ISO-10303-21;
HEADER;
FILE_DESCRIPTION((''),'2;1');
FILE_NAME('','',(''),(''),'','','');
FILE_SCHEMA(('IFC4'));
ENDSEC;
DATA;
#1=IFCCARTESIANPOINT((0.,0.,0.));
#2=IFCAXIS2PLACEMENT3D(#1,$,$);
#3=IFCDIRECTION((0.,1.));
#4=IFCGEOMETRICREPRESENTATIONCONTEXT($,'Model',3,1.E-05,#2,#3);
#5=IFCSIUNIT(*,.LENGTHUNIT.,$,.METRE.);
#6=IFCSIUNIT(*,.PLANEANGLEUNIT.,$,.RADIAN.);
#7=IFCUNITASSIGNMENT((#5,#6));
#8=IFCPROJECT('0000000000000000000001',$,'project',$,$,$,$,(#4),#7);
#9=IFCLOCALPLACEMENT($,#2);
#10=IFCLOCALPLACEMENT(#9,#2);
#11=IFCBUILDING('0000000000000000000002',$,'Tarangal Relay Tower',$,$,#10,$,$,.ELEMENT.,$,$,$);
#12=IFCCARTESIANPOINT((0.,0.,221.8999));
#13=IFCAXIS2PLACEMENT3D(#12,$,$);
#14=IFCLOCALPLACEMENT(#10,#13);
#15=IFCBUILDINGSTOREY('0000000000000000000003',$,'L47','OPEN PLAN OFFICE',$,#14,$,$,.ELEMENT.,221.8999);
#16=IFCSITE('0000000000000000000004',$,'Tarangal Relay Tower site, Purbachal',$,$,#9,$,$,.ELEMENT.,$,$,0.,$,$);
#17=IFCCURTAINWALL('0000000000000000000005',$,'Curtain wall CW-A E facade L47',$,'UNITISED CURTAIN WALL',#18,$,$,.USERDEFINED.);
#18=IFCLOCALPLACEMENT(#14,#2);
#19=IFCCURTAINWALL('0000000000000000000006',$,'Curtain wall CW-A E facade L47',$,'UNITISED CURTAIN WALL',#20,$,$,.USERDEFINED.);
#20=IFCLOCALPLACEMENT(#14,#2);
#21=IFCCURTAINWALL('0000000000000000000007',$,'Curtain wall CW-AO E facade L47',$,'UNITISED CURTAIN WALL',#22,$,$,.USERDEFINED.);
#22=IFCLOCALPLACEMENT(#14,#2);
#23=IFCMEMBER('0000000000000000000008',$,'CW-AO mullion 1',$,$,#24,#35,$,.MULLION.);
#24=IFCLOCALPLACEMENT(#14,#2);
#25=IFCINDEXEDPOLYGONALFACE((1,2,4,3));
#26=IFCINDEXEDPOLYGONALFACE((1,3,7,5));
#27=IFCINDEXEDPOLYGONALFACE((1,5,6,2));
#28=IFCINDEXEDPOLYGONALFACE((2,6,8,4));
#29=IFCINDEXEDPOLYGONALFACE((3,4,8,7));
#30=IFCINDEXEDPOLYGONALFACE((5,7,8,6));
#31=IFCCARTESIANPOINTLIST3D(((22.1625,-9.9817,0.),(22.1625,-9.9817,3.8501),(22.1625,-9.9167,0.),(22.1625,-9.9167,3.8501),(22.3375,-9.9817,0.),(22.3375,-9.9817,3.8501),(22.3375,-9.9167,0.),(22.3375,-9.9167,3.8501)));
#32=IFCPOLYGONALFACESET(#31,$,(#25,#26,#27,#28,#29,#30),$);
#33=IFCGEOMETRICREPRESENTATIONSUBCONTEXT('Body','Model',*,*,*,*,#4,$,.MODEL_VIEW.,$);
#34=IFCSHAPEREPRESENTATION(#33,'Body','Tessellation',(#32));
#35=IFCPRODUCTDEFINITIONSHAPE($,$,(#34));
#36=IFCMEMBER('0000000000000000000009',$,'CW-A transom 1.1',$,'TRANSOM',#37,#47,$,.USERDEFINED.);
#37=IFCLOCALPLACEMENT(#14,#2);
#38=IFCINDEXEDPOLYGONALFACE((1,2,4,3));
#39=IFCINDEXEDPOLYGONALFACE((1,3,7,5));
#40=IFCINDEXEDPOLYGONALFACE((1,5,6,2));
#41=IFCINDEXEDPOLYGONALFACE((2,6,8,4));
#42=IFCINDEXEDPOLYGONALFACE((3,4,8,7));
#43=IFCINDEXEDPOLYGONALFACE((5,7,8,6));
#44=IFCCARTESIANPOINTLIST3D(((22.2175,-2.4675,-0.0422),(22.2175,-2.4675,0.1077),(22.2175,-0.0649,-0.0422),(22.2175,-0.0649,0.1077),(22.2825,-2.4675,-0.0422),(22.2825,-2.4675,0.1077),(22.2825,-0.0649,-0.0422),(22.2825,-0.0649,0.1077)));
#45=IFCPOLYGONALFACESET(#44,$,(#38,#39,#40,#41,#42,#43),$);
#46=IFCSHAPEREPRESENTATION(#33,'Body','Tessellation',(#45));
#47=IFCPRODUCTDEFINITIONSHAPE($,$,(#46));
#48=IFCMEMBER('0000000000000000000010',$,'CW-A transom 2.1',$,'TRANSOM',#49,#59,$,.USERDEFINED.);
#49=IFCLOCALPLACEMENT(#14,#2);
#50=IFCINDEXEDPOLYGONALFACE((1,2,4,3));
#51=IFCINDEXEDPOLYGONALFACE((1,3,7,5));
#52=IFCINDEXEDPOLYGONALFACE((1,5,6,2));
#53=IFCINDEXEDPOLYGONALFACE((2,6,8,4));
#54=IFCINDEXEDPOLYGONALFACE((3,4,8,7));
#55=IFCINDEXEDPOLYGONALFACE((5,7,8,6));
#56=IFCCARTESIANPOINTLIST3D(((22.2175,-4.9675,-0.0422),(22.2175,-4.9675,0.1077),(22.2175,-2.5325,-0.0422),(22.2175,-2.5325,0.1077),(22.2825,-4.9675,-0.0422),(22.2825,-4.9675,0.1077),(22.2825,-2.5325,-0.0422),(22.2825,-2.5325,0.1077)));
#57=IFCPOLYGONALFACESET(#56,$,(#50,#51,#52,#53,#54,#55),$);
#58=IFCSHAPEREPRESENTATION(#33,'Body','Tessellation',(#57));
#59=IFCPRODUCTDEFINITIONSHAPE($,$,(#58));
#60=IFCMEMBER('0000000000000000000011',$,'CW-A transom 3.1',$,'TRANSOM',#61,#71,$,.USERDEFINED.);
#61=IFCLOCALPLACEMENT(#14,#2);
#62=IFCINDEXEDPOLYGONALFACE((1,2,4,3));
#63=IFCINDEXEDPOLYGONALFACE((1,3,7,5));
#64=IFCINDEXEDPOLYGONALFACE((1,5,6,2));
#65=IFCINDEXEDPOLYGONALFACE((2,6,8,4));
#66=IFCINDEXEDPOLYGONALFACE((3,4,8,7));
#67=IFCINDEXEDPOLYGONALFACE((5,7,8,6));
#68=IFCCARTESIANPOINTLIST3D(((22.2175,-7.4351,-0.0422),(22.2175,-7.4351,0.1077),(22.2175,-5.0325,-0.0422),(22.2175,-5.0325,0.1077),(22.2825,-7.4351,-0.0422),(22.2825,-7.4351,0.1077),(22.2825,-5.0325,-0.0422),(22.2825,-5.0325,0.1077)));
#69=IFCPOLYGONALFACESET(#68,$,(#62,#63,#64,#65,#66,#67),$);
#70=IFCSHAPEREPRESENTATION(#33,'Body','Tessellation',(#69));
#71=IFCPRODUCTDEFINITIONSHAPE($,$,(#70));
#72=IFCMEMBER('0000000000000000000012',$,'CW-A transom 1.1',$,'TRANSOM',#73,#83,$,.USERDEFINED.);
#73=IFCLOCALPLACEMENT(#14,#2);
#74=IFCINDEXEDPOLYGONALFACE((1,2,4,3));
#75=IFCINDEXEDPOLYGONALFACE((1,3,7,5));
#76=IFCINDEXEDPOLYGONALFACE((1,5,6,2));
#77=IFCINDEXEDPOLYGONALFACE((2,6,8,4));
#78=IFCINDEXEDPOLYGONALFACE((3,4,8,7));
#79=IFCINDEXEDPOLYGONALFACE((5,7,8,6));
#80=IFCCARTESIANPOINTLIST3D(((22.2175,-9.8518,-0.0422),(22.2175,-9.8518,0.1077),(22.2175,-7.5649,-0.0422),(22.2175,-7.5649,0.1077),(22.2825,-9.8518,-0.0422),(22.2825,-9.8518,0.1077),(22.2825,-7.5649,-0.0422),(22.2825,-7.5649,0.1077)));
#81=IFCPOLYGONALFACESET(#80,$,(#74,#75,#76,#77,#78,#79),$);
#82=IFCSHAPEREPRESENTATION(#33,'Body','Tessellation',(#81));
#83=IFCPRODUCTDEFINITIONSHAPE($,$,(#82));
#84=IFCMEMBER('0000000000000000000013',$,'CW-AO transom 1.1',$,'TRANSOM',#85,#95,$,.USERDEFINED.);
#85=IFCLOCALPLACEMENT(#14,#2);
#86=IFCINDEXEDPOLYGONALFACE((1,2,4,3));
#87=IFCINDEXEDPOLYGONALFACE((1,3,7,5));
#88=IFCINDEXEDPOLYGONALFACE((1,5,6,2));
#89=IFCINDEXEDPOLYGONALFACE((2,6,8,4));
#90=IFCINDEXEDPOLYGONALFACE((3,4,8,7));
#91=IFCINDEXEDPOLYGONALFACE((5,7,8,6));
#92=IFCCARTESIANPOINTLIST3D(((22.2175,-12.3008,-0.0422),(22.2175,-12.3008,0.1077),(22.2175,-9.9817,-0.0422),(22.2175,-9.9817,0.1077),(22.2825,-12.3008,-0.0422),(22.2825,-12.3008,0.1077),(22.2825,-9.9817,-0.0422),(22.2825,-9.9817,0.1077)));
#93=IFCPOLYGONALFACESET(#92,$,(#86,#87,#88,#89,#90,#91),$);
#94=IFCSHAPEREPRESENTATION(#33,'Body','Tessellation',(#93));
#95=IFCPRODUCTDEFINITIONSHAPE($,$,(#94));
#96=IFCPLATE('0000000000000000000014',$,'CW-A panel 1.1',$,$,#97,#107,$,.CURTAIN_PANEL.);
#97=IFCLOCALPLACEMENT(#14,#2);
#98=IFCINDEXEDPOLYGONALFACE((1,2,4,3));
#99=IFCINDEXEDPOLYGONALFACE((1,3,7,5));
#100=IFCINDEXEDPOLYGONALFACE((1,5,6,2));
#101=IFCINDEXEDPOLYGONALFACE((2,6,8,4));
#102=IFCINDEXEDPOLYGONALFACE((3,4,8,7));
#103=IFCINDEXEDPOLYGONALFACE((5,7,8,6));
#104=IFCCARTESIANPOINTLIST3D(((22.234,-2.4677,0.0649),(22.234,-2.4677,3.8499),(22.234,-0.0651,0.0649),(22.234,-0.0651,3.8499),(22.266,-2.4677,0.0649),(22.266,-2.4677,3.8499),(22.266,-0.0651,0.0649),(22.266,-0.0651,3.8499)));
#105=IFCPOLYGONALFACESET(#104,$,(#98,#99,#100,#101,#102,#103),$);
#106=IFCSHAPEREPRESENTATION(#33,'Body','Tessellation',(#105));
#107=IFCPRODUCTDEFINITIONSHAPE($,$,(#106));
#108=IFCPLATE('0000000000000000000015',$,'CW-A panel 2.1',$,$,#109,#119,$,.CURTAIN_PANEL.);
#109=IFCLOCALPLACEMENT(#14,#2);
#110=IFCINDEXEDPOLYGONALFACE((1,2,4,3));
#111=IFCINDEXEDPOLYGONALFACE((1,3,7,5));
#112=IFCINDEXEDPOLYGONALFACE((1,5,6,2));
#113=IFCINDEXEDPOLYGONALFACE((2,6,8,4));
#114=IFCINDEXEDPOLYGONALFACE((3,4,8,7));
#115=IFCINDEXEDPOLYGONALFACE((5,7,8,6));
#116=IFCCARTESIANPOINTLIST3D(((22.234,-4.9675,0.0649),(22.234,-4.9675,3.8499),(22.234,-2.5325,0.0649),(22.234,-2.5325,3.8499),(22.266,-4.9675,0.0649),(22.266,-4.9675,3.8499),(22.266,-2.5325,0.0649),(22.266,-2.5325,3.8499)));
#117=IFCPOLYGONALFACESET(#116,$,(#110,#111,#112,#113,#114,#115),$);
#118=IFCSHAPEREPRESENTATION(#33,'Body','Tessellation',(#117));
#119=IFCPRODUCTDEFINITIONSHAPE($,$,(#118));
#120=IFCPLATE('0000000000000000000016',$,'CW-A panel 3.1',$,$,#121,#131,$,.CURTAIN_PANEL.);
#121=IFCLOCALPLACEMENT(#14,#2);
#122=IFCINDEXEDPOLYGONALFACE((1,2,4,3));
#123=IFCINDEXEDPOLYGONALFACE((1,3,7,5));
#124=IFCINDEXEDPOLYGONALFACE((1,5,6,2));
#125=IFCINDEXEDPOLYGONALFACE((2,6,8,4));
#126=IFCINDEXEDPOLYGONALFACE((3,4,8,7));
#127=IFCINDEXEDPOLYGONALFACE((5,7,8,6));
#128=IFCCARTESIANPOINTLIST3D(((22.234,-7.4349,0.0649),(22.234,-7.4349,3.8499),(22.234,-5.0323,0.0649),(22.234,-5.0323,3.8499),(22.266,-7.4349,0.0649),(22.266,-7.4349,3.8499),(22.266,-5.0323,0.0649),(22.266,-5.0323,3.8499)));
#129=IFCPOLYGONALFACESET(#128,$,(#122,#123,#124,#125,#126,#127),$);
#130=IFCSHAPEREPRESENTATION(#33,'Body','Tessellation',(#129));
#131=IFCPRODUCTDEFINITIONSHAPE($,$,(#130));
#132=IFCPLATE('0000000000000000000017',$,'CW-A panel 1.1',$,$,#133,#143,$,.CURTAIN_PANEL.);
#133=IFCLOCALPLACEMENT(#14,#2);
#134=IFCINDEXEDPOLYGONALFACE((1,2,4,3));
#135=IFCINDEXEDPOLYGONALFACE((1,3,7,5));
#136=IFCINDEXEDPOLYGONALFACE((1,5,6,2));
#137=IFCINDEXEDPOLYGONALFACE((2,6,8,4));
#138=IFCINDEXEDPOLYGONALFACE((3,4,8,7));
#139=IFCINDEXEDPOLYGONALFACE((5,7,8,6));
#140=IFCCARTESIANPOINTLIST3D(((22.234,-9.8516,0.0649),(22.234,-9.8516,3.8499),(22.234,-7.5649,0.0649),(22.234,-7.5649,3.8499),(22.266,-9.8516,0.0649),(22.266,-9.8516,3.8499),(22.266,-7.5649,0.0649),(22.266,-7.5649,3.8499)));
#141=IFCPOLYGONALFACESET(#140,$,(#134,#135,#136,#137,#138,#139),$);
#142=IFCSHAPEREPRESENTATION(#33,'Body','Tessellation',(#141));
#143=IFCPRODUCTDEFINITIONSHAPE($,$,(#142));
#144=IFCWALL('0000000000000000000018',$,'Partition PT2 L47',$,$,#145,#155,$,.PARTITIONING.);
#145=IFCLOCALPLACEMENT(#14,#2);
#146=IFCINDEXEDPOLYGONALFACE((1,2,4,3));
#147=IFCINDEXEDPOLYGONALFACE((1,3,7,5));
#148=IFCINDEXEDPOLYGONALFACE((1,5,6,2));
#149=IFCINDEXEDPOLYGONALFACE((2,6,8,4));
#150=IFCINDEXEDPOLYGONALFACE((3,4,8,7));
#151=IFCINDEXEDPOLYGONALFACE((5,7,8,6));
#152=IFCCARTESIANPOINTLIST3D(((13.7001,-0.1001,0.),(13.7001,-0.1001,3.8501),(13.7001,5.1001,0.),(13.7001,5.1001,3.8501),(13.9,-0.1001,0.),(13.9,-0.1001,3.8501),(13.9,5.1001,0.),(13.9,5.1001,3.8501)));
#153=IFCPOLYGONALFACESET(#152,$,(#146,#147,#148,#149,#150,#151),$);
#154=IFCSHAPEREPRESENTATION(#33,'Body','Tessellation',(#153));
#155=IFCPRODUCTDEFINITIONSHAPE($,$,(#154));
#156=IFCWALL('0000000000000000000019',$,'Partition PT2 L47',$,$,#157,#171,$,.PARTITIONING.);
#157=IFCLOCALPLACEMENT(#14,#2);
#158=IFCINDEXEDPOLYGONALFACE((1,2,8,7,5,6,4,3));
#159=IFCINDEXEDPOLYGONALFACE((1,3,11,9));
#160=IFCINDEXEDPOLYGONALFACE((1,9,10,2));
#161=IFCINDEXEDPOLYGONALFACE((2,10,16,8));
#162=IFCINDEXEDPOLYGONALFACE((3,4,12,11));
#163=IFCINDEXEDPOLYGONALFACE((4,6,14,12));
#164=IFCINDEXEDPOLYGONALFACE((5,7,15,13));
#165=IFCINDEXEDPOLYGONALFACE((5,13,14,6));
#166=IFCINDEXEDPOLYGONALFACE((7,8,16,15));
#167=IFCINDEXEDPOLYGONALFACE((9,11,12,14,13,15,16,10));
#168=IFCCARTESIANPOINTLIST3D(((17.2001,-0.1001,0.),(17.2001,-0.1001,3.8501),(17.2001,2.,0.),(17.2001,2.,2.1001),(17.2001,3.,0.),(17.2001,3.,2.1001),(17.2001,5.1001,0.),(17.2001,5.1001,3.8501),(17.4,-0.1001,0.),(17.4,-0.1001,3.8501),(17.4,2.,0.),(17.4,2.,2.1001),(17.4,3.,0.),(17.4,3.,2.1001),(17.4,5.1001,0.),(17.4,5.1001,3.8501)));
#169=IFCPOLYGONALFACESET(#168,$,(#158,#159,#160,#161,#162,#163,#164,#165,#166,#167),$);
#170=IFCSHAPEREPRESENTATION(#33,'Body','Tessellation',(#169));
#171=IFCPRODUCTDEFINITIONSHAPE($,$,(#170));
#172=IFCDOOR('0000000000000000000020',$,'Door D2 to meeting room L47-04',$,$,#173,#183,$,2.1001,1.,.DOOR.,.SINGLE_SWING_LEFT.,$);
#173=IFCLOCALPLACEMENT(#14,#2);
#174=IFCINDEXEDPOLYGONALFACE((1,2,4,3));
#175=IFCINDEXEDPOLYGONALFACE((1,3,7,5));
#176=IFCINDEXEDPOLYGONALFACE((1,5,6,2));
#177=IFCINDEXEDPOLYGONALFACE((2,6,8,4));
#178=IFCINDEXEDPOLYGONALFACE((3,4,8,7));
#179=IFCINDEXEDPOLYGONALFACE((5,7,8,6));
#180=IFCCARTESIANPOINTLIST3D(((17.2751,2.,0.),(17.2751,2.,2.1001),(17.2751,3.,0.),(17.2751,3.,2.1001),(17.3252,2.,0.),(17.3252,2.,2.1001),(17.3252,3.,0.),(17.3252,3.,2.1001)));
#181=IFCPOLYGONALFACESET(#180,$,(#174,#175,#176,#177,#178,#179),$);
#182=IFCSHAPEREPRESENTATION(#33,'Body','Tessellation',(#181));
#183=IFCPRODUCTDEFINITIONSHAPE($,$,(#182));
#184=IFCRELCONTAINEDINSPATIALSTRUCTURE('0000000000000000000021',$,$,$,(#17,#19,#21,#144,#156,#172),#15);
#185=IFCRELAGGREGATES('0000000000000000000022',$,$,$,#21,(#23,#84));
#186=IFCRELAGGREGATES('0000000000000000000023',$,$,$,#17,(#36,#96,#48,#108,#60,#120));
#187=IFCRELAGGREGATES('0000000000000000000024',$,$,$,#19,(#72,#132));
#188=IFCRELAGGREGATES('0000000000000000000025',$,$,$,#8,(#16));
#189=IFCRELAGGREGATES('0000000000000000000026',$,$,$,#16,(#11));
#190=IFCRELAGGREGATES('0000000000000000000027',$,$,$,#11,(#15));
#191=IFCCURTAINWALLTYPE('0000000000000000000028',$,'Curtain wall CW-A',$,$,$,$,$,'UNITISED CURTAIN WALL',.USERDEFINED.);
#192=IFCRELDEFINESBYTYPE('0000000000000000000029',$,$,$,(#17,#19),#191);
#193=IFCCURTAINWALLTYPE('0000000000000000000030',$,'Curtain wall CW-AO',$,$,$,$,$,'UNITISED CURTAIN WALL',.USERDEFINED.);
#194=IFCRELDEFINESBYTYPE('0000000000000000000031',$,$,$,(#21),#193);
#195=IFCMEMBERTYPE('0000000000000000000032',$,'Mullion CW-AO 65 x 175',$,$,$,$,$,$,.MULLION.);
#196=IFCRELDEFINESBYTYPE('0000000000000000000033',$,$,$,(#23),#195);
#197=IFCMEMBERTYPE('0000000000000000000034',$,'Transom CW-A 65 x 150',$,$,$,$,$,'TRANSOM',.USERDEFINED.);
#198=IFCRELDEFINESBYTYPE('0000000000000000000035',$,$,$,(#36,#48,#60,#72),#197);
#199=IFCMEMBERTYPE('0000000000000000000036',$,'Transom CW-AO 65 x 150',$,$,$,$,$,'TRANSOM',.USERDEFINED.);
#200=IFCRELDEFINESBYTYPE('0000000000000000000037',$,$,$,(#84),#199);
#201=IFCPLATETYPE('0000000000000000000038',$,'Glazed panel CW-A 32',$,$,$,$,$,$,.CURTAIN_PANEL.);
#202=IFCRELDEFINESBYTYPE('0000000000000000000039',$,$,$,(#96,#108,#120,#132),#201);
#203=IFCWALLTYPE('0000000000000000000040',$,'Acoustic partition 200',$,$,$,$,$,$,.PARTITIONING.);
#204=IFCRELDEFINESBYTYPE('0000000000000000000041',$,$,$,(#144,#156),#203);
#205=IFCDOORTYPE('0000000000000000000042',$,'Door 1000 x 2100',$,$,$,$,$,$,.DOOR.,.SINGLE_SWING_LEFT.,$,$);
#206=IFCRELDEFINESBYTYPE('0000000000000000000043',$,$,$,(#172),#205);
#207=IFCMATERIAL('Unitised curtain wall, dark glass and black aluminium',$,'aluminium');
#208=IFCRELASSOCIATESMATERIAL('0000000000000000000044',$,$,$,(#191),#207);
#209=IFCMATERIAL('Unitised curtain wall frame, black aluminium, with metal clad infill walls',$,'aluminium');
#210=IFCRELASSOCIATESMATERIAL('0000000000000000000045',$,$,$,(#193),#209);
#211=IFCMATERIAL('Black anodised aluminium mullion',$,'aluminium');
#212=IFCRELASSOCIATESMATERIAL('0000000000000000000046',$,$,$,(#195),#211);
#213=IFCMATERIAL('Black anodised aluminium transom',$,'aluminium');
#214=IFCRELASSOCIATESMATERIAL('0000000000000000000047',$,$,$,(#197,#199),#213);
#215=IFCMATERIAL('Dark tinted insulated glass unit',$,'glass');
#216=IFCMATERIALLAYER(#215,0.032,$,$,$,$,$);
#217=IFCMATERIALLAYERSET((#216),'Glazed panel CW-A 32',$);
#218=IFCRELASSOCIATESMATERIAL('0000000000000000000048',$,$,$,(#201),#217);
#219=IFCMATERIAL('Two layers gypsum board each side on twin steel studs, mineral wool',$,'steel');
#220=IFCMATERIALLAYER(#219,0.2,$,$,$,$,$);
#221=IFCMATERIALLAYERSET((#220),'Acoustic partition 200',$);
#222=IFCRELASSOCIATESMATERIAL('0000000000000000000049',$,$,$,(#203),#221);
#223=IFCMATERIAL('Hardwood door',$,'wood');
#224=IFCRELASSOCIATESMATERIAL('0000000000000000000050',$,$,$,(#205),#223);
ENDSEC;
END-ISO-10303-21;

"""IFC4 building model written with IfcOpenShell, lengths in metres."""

from ifc_helpers import new_model, si_unit, direction, frame, frame_2d, origin, origin_2d, place, context, subcontext, project, spatial, rectangle, extrude, material, layer, layer_set, material_profile, profile_set, type_object, element, fill, aggregate, save


model = new_model("IFC4")

# Units and contexts
model_context = context("Model", 3, precision=1e-05, world=origin(), true_north=direction((0.0, 1.0)))
body_context = subcontext(model_context, "Body", "Model", "MODEL_VIEW")
ifc_project = project(units=[si_unit("LENGTHUNIT", "METRE"), si_unit("PLANEANGLEUNIT", "RADIAN")], contexts=[model_context])

# Site, building, storey
site_placement = place(None, origin())
site = spatial("IfcSite", under=ifc_project, at=site_placement, Name="Tarangal Relay Tower site, Purbachal", CompositionType="ELEMENT", RefElevation=0.0)
building_placement = place(site_placement, origin())
building = spatial("IfcBuilding", under=site, at=building_placement, Name="Tarangal Relay Tower", CompositionType="ELEMENT")
storey_placement = place(building_placement, frame((0.0, 0.0, 221.8999)))
storey = spatial("IfcBuildingStorey", under=building, at=storey_placement, Name="L47", Description="OPEN PLAN OFFICE", CompositionType="ELEMENT", Elevation=221.8999)

# Curtain walls
ifc_material_1 = material(Name="Unitised curtain wall, dark glass and black aluminium", Category="aluminium")
curtain_wall_type_1 = type_object("IfcCurtainWallType", Name="Curtain wall CW-A", ElementType="UNITISED CURTAIN WALL", PredefinedType="USERDEFINED", material=ifc_material_1)
curtain_wall_1_placement = place(storey_placement, origin())
curtain_wall_1 = element("IfcCurtainWall", 1, at=curtain_wall_1_placement, inside=storey, type_object=curtain_wall_type_1, Name="Curtain wall CW-A E facade L47", ObjectType="UNITISED CURTAIN WALL", PredefinedType="USERDEFINED")
ifc_material_2 = material(Name="Black anodised aluminium mullion", Category="aluminium")
curtain_wall_2_placement = place(storey_placement, origin())
curtain_wall_2 = element("IfcCurtainWall", 2, at=curtain_wall_2_placement, inside=storey, type_object=curtain_wall_type_1, Name="Curtain wall CW-A E facade L47", ObjectType="UNITISED CURTAIN WALL", PredefinedType="USERDEFINED")

# Curtain wall, member
ifc_material_3 = material(Name="Unitised curtain wall frame, black aluminium, with metal clad infill walls", Category="aluminium")
curtain_wall_type_2 = type_object("IfcCurtainWallType", Name="Curtain wall CW-AO", ElementType="UNITISED CURTAIN WALL", PredefinedType="USERDEFINED", material=ifc_material_3)
curtain_wall_3_placement = place(storey_placement, origin())
curtain_wall_3 = element("IfcCurtainWall", 3, at=curtain_wall_3_placement, inside=storey, type_object=curtain_wall_type_2, Name="Curtain wall CW-AO E facade L47", ObjectType="UNITISED CURTAIN WALL", PredefinedType="USERDEFINED")
ifc_material_profile_1 = material_profile(ifc_material_2, rectangle(XDim=0.175, YDim=0.0649, at=origin_2d()), Name="CW-AOM 65X175")
ifc_profile_set_1 = profile_set([ifc_material_profile_1], Name="Black anodised aluminium mullion")
member_type_1 = type_object("IfcMemberType", Name="Mullion CW-AO 65 x 175", PredefinedType="MULLION", material=ifc_profile_set_1)
member_1_placement = place(storey_placement, frame((22.25, -9.9492, 0.0), z_axis=(0.0, 0.0, 1.0), x_axis=(1.0, 0.0, 0.0)))
member_1 = element("IfcMember", 4, at=member_1_placement, type_object=member_type_1, Name="CW-AO mullion 1", PredefinedType="MULLION", context=body_context, shape_type="SweptSolid", body=[
    extrude(rectangle(XDim=0.175, YDim=0.0649, at=origin_2d()), origin(), (0.0, 0.0, 1.0), 3.8501),
])

# Members
ifc_material_4 = material(Name="Black anodised aluminium transom", Category="aluminium")
ifc_material_profile_2 = material_profile(ifc_material_4, rectangle(XDim=0.0649, YDim=0.1499, at=origin_2d()), Name="CW-AT 65X150")
ifc_profile_set_2 = profile_set([ifc_material_profile_2], Name="Black anodised aluminium transom")
member_type_2 = type_object("IfcMemberType", Name="Transom CW-A 65 x 150", ElementType="TRANSOM", PredefinedType="USERDEFINED", material=ifc_profile_set_2)
member_2_placement = place(storey_placement, frame((22.25, -0.0649, 0.0327), z_axis=(0.0, -1.0, 0.0), x_axis=(1.0, 0.0, 0.0)))
member_2 = element("IfcMember", 5, at=member_2_placement, type_object=member_type_2, Name="CW-A transom 1.1", ObjectType="TRANSOM", PredefinedType="USERDEFINED", context=body_context, shape_type="SweptSolid", body=[
    extrude(rectangle(XDim=0.0649, YDim=0.1499, at=origin_2d()), origin(), (0.0, 0.0, 1.0), 2.4026),
])
member_3_placement = place(storey_placement, frame((22.25, -2.5325, 0.0327), z_axis=(0.0, -1.0, 0.0), x_axis=(1.0, 0.0, 0.0)))
member_3 = element("IfcMember", 6, at=member_3_placement, type_object=member_type_2, Name="CW-A transom 2.1", ObjectType="TRANSOM", PredefinedType="USERDEFINED", context=body_context, shape_type="SweptSolid", body=[
    extrude(rectangle(XDim=0.0649, YDim=0.1499, at=origin_2d()), origin(), (0.0, 0.0, 1.0), 2.4351),
])
member_4_placement = place(storey_placement, frame((22.25, -5.0325, 0.0327), z_axis=(0.0, -1.0, 0.0), x_axis=(1.0, 0.0, 0.0)))
member_4 = element("IfcMember", 7, at=member_4_placement, type_object=member_type_2, Name="CW-A transom 3.1", ObjectType="TRANSOM", PredefinedType="USERDEFINED", context=body_context, shape_type="SweptSolid", body=[
    extrude(rectangle(XDim=0.0649, YDim=0.1499, at=origin_2d()), origin(), (0.0, 0.0, 1.0), 2.4026),
])
member_5_placement = place(storey_placement, frame((22.25, -7.5649, 0.0327), z_axis=(0.0, -1.0, 0.0), x_axis=(1.0, 0.0, 0.0)))
member_5 = element("IfcMember", 8, at=member_5_placement, type_object=member_type_2, Name="CW-A transom 1.1", ObjectType="TRANSOM", PredefinedType="USERDEFINED", context=body_context, shape_type="SweptSolid", body=[
    extrude(rectangle(XDim=0.0649, YDim=0.1499, at=origin_2d()), origin(), (0.0, 0.0, 1.0), 2.2869),
])
ifc_material_profile_3 = material_profile(ifc_material_4, rectangle(XDim=0.0649, YDim=0.1499, at=origin_2d()), Name="CW-AOT 65X150")
ifc_profile_set_3 = profile_set([ifc_material_profile_3], Name="Black anodised aluminium transom")
member_type_3 = type_object("IfcMemberType", Name="Transom CW-AO 65 x 150", ElementType="TRANSOM", PredefinedType="USERDEFINED", material=ifc_profile_set_3)
member_6_placement = place(storey_placement, frame((22.25, -9.9817, 0.0327), z_axis=(0.0, -1.0, 0.0), x_axis=(1.0, 0.0, 0.0)))
member_6 = element("IfcMember", 9, at=member_6_placement, type_object=member_type_3, Name="CW-AO transom 1.1", ObjectType="TRANSOM", PredefinedType="USERDEFINED", context=body_context, shape_type="SweptSolid", body=[
    extrude(rectangle(XDim=0.0649, YDim=0.1499, at=origin_2d()), origin(), (0.0, 0.0, 1.0), 2.3191),
])
aggregate(curtain_wall_3, [member_1, member_6])

# Plates
ifc_material_5 = material(Name="Dark tinted insulated glass unit", Category="glass")
ifc_layer_1 = layer(ifc_material_5, 0.032)
ifc_layer_set_1 = layer_set([ifc_layer_1], Name="Glazed panel CW-A 32")
plate_type = type_object("IfcPlateType", Name="Glazed panel CW-A 32", PredefinedType="CURTAIN_PANEL", material=ifc_layer_set_1)
plate_1_placement = place(storey_placement, frame((22.25, -1.2664, 0.0649), z_axis=(0.0, 0.0, 1.0), x_axis=(0.0, -1.0, 0.0)))
plate_1 = element("IfcPlate", 10, at=plate_1_placement, type_object=plate_type, Name="CW-A panel 1.1", PredefinedType="CURTAIN_PANEL", context=body_context, shape_type="SweptSolid", body=[
    extrude(rectangle(XDim=2.4026, YDim=0.032, at=origin_2d()), origin(), (0.0, 0.0, 1.0), 3.7849),
])
plate_2_placement = place(storey_placement, frame((22.25, -3.75, 0.0649), z_axis=(0.0, 0.0, 1.0), x_axis=(0.0, -1.0, 0.0)))
plate_2 = element("IfcPlate", 11, at=plate_2_placement, type_object=plate_type, Name="CW-A panel 2.1", PredefinedType="CURTAIN_PANEL", context=body_context, shape_type="SweptSolid", body=[
    extrude(rectangle(XDim=2.4351, YDim=0.032, at=origin_2d()), origin(), (0.0, 0.0, 1.0), 3.7849),
])
plate_3_placement = place(storey_placement, frame((22.25, -6.2336, 0.0649), z_axis=(0.0, 0.0, 1.0), x_axis=(0.0, -1.0, 0.0)))
plate_3 = element("IfcPlate", 12, at=plate_3_placement, type_object=plate_type, Name="CW-A panel 3.1", PredefinedType="CURTAIN_PANEL", context=body_context, shape_type="SweptSolid", body=[
    extrude(rectangle(XDim=2.4026, YDim=0.032, at=origin_2d()), origin(), (0.0, 0.0, 1.0), 3.7849),
])
aggregate(curtain_wall_1, [member_2, plate_1, member_3, plate_2, member_4, plate_3])
plate_4_placement = place(storey_placement, frame((22.25, -8.7083, 0.0649), z_axis=(0.0, 0.0, 1.0), x_axis=(0.0, -1.0, 0.0)))
plate_4 = element("IfcPlate", 13, at=plate_4_placement, type_object=plate_type, Name="CW-A panel 1.1", PredefinedType="CURTAIN_PANEL", context=body_context, shape_type="SweptSolid", body=[
    extrude(rectangle(XDim=2.2866, YDim=0.032, at=origin_2d()), origin(), (0.0, 0.0, 1.0), 3.7849),
])
aggregate(curtain_wall_2, [member_5, plate_4])

# Wall
ifc_material_6 = material(Name="Two layers gypsum board each side on twin steel studs, mineral wool", Category="steel")
ifc_layer_2 = layer(ifc_material_6, 0.2)
ifc_layer_set_2 = layer_set([ifc_layer_2], Name="Acoustic partition 200")
wall_type_1 = type_object("IfcWallType", Name="Acoustic partition 200", PredefinedType="PARTITIONING", material=ifc_layer_set_2)
wall_1_placement = place(storey_placement, frame((13.8, -0.1001, 0.0), z_axis=(0.0, 0.0, 1.0), x_axis=(0.0, 1.0, 0.0)))
element("IfcWall", 14, at=wall_1_placement, inside=storey, type_object=wall_type_1, Name="Partition PT2 L47", PredefinedType="PARTITIONING", context=body_context, shape_type="SweptSolid", body=[
    extrude(rectangle(XDim=5.2002, YDim=0.2, at=frame_2d((2.6001, 0.0))), origin(), (0.0, 0.0, 1.0), 3.8501),
])

# Wall, opening, door
wall_2_placement = place(storey_placement, frame((17.3, -0.1001, 0.0), z_axis=(0.0, 0.0, 1.0), x_axis=(0.0, 1.0, 0.0)))
wall_2 = element("IfcWall", 15, at=wall_2_placement, inside=storey, type_object=wall_type_1, Name="Partition PT2 L47", PredefinedType="PARTITIONING", context=body_context, shape_type="SweptSolid", body=[
    extrude(rectangle(XDim=5.2002, YDim=0.2, at=frame_2d((2.6001, 0.0))), origin(), (0.0, 0.0, 1.0), 3.8501),
])
opening_1_placement = place(wall_2_placement, frame((2.1001, 0.0, 0.0)))
opening_1 = element("IfcOpeningElement", 16, at=opening_1_placement, cuts=wall_2, PredefinedType="OPENING", context=body_context, shape_type="SweptSolid", body=[
    extrude(rectangle(XDim=1.0, YDim=2.1001, at=frame_2d((0.5, 1.05))), frame((0.0, 0.1099, 0.0), z_axis=(0.0, -1.0, 0.0), x_axis=(1.0, 0.0, 0.0)), (0.0, 0.0, 1.0), 0.22),
])
ifc_material_7 = material(Name="Hardwood door", Category="wood")
door_type = type_object("IfcDoorType", Name="Door 1000 x 2100", OperationType="SINGLE_SWING_LEFT", PredefinedType="DOOR", material=ifc_material_7)
door_1_placement = place(opening_1_placement, origin())
door_1 = element("IfcDoor", 17, at=door_1_placement, inside=storey, type_object=door_type, Name="Door D2 to meeting room L47-04", OperationType="SINGLE_SWING_LEFT", OverallHeight=2.1001, OverallWidth=1.0, PredefinedType="DOOR", context=body_context, shape_type="SweptSolid", body=[
    extrude(rectangle(XDim=1.0, YDim=2.1001, at=frame_2d((0.5, 1.05))), frame((0.0, 0.0249, 0.0), z_axis=(0.0, -1.0, 0.0), x_axis=(1.0, 0.0, 0.0)), (0.0, 0.0, 1.0), 0.05),
])
fill(opening_1, door_1)

save(model, "model.ifc")
